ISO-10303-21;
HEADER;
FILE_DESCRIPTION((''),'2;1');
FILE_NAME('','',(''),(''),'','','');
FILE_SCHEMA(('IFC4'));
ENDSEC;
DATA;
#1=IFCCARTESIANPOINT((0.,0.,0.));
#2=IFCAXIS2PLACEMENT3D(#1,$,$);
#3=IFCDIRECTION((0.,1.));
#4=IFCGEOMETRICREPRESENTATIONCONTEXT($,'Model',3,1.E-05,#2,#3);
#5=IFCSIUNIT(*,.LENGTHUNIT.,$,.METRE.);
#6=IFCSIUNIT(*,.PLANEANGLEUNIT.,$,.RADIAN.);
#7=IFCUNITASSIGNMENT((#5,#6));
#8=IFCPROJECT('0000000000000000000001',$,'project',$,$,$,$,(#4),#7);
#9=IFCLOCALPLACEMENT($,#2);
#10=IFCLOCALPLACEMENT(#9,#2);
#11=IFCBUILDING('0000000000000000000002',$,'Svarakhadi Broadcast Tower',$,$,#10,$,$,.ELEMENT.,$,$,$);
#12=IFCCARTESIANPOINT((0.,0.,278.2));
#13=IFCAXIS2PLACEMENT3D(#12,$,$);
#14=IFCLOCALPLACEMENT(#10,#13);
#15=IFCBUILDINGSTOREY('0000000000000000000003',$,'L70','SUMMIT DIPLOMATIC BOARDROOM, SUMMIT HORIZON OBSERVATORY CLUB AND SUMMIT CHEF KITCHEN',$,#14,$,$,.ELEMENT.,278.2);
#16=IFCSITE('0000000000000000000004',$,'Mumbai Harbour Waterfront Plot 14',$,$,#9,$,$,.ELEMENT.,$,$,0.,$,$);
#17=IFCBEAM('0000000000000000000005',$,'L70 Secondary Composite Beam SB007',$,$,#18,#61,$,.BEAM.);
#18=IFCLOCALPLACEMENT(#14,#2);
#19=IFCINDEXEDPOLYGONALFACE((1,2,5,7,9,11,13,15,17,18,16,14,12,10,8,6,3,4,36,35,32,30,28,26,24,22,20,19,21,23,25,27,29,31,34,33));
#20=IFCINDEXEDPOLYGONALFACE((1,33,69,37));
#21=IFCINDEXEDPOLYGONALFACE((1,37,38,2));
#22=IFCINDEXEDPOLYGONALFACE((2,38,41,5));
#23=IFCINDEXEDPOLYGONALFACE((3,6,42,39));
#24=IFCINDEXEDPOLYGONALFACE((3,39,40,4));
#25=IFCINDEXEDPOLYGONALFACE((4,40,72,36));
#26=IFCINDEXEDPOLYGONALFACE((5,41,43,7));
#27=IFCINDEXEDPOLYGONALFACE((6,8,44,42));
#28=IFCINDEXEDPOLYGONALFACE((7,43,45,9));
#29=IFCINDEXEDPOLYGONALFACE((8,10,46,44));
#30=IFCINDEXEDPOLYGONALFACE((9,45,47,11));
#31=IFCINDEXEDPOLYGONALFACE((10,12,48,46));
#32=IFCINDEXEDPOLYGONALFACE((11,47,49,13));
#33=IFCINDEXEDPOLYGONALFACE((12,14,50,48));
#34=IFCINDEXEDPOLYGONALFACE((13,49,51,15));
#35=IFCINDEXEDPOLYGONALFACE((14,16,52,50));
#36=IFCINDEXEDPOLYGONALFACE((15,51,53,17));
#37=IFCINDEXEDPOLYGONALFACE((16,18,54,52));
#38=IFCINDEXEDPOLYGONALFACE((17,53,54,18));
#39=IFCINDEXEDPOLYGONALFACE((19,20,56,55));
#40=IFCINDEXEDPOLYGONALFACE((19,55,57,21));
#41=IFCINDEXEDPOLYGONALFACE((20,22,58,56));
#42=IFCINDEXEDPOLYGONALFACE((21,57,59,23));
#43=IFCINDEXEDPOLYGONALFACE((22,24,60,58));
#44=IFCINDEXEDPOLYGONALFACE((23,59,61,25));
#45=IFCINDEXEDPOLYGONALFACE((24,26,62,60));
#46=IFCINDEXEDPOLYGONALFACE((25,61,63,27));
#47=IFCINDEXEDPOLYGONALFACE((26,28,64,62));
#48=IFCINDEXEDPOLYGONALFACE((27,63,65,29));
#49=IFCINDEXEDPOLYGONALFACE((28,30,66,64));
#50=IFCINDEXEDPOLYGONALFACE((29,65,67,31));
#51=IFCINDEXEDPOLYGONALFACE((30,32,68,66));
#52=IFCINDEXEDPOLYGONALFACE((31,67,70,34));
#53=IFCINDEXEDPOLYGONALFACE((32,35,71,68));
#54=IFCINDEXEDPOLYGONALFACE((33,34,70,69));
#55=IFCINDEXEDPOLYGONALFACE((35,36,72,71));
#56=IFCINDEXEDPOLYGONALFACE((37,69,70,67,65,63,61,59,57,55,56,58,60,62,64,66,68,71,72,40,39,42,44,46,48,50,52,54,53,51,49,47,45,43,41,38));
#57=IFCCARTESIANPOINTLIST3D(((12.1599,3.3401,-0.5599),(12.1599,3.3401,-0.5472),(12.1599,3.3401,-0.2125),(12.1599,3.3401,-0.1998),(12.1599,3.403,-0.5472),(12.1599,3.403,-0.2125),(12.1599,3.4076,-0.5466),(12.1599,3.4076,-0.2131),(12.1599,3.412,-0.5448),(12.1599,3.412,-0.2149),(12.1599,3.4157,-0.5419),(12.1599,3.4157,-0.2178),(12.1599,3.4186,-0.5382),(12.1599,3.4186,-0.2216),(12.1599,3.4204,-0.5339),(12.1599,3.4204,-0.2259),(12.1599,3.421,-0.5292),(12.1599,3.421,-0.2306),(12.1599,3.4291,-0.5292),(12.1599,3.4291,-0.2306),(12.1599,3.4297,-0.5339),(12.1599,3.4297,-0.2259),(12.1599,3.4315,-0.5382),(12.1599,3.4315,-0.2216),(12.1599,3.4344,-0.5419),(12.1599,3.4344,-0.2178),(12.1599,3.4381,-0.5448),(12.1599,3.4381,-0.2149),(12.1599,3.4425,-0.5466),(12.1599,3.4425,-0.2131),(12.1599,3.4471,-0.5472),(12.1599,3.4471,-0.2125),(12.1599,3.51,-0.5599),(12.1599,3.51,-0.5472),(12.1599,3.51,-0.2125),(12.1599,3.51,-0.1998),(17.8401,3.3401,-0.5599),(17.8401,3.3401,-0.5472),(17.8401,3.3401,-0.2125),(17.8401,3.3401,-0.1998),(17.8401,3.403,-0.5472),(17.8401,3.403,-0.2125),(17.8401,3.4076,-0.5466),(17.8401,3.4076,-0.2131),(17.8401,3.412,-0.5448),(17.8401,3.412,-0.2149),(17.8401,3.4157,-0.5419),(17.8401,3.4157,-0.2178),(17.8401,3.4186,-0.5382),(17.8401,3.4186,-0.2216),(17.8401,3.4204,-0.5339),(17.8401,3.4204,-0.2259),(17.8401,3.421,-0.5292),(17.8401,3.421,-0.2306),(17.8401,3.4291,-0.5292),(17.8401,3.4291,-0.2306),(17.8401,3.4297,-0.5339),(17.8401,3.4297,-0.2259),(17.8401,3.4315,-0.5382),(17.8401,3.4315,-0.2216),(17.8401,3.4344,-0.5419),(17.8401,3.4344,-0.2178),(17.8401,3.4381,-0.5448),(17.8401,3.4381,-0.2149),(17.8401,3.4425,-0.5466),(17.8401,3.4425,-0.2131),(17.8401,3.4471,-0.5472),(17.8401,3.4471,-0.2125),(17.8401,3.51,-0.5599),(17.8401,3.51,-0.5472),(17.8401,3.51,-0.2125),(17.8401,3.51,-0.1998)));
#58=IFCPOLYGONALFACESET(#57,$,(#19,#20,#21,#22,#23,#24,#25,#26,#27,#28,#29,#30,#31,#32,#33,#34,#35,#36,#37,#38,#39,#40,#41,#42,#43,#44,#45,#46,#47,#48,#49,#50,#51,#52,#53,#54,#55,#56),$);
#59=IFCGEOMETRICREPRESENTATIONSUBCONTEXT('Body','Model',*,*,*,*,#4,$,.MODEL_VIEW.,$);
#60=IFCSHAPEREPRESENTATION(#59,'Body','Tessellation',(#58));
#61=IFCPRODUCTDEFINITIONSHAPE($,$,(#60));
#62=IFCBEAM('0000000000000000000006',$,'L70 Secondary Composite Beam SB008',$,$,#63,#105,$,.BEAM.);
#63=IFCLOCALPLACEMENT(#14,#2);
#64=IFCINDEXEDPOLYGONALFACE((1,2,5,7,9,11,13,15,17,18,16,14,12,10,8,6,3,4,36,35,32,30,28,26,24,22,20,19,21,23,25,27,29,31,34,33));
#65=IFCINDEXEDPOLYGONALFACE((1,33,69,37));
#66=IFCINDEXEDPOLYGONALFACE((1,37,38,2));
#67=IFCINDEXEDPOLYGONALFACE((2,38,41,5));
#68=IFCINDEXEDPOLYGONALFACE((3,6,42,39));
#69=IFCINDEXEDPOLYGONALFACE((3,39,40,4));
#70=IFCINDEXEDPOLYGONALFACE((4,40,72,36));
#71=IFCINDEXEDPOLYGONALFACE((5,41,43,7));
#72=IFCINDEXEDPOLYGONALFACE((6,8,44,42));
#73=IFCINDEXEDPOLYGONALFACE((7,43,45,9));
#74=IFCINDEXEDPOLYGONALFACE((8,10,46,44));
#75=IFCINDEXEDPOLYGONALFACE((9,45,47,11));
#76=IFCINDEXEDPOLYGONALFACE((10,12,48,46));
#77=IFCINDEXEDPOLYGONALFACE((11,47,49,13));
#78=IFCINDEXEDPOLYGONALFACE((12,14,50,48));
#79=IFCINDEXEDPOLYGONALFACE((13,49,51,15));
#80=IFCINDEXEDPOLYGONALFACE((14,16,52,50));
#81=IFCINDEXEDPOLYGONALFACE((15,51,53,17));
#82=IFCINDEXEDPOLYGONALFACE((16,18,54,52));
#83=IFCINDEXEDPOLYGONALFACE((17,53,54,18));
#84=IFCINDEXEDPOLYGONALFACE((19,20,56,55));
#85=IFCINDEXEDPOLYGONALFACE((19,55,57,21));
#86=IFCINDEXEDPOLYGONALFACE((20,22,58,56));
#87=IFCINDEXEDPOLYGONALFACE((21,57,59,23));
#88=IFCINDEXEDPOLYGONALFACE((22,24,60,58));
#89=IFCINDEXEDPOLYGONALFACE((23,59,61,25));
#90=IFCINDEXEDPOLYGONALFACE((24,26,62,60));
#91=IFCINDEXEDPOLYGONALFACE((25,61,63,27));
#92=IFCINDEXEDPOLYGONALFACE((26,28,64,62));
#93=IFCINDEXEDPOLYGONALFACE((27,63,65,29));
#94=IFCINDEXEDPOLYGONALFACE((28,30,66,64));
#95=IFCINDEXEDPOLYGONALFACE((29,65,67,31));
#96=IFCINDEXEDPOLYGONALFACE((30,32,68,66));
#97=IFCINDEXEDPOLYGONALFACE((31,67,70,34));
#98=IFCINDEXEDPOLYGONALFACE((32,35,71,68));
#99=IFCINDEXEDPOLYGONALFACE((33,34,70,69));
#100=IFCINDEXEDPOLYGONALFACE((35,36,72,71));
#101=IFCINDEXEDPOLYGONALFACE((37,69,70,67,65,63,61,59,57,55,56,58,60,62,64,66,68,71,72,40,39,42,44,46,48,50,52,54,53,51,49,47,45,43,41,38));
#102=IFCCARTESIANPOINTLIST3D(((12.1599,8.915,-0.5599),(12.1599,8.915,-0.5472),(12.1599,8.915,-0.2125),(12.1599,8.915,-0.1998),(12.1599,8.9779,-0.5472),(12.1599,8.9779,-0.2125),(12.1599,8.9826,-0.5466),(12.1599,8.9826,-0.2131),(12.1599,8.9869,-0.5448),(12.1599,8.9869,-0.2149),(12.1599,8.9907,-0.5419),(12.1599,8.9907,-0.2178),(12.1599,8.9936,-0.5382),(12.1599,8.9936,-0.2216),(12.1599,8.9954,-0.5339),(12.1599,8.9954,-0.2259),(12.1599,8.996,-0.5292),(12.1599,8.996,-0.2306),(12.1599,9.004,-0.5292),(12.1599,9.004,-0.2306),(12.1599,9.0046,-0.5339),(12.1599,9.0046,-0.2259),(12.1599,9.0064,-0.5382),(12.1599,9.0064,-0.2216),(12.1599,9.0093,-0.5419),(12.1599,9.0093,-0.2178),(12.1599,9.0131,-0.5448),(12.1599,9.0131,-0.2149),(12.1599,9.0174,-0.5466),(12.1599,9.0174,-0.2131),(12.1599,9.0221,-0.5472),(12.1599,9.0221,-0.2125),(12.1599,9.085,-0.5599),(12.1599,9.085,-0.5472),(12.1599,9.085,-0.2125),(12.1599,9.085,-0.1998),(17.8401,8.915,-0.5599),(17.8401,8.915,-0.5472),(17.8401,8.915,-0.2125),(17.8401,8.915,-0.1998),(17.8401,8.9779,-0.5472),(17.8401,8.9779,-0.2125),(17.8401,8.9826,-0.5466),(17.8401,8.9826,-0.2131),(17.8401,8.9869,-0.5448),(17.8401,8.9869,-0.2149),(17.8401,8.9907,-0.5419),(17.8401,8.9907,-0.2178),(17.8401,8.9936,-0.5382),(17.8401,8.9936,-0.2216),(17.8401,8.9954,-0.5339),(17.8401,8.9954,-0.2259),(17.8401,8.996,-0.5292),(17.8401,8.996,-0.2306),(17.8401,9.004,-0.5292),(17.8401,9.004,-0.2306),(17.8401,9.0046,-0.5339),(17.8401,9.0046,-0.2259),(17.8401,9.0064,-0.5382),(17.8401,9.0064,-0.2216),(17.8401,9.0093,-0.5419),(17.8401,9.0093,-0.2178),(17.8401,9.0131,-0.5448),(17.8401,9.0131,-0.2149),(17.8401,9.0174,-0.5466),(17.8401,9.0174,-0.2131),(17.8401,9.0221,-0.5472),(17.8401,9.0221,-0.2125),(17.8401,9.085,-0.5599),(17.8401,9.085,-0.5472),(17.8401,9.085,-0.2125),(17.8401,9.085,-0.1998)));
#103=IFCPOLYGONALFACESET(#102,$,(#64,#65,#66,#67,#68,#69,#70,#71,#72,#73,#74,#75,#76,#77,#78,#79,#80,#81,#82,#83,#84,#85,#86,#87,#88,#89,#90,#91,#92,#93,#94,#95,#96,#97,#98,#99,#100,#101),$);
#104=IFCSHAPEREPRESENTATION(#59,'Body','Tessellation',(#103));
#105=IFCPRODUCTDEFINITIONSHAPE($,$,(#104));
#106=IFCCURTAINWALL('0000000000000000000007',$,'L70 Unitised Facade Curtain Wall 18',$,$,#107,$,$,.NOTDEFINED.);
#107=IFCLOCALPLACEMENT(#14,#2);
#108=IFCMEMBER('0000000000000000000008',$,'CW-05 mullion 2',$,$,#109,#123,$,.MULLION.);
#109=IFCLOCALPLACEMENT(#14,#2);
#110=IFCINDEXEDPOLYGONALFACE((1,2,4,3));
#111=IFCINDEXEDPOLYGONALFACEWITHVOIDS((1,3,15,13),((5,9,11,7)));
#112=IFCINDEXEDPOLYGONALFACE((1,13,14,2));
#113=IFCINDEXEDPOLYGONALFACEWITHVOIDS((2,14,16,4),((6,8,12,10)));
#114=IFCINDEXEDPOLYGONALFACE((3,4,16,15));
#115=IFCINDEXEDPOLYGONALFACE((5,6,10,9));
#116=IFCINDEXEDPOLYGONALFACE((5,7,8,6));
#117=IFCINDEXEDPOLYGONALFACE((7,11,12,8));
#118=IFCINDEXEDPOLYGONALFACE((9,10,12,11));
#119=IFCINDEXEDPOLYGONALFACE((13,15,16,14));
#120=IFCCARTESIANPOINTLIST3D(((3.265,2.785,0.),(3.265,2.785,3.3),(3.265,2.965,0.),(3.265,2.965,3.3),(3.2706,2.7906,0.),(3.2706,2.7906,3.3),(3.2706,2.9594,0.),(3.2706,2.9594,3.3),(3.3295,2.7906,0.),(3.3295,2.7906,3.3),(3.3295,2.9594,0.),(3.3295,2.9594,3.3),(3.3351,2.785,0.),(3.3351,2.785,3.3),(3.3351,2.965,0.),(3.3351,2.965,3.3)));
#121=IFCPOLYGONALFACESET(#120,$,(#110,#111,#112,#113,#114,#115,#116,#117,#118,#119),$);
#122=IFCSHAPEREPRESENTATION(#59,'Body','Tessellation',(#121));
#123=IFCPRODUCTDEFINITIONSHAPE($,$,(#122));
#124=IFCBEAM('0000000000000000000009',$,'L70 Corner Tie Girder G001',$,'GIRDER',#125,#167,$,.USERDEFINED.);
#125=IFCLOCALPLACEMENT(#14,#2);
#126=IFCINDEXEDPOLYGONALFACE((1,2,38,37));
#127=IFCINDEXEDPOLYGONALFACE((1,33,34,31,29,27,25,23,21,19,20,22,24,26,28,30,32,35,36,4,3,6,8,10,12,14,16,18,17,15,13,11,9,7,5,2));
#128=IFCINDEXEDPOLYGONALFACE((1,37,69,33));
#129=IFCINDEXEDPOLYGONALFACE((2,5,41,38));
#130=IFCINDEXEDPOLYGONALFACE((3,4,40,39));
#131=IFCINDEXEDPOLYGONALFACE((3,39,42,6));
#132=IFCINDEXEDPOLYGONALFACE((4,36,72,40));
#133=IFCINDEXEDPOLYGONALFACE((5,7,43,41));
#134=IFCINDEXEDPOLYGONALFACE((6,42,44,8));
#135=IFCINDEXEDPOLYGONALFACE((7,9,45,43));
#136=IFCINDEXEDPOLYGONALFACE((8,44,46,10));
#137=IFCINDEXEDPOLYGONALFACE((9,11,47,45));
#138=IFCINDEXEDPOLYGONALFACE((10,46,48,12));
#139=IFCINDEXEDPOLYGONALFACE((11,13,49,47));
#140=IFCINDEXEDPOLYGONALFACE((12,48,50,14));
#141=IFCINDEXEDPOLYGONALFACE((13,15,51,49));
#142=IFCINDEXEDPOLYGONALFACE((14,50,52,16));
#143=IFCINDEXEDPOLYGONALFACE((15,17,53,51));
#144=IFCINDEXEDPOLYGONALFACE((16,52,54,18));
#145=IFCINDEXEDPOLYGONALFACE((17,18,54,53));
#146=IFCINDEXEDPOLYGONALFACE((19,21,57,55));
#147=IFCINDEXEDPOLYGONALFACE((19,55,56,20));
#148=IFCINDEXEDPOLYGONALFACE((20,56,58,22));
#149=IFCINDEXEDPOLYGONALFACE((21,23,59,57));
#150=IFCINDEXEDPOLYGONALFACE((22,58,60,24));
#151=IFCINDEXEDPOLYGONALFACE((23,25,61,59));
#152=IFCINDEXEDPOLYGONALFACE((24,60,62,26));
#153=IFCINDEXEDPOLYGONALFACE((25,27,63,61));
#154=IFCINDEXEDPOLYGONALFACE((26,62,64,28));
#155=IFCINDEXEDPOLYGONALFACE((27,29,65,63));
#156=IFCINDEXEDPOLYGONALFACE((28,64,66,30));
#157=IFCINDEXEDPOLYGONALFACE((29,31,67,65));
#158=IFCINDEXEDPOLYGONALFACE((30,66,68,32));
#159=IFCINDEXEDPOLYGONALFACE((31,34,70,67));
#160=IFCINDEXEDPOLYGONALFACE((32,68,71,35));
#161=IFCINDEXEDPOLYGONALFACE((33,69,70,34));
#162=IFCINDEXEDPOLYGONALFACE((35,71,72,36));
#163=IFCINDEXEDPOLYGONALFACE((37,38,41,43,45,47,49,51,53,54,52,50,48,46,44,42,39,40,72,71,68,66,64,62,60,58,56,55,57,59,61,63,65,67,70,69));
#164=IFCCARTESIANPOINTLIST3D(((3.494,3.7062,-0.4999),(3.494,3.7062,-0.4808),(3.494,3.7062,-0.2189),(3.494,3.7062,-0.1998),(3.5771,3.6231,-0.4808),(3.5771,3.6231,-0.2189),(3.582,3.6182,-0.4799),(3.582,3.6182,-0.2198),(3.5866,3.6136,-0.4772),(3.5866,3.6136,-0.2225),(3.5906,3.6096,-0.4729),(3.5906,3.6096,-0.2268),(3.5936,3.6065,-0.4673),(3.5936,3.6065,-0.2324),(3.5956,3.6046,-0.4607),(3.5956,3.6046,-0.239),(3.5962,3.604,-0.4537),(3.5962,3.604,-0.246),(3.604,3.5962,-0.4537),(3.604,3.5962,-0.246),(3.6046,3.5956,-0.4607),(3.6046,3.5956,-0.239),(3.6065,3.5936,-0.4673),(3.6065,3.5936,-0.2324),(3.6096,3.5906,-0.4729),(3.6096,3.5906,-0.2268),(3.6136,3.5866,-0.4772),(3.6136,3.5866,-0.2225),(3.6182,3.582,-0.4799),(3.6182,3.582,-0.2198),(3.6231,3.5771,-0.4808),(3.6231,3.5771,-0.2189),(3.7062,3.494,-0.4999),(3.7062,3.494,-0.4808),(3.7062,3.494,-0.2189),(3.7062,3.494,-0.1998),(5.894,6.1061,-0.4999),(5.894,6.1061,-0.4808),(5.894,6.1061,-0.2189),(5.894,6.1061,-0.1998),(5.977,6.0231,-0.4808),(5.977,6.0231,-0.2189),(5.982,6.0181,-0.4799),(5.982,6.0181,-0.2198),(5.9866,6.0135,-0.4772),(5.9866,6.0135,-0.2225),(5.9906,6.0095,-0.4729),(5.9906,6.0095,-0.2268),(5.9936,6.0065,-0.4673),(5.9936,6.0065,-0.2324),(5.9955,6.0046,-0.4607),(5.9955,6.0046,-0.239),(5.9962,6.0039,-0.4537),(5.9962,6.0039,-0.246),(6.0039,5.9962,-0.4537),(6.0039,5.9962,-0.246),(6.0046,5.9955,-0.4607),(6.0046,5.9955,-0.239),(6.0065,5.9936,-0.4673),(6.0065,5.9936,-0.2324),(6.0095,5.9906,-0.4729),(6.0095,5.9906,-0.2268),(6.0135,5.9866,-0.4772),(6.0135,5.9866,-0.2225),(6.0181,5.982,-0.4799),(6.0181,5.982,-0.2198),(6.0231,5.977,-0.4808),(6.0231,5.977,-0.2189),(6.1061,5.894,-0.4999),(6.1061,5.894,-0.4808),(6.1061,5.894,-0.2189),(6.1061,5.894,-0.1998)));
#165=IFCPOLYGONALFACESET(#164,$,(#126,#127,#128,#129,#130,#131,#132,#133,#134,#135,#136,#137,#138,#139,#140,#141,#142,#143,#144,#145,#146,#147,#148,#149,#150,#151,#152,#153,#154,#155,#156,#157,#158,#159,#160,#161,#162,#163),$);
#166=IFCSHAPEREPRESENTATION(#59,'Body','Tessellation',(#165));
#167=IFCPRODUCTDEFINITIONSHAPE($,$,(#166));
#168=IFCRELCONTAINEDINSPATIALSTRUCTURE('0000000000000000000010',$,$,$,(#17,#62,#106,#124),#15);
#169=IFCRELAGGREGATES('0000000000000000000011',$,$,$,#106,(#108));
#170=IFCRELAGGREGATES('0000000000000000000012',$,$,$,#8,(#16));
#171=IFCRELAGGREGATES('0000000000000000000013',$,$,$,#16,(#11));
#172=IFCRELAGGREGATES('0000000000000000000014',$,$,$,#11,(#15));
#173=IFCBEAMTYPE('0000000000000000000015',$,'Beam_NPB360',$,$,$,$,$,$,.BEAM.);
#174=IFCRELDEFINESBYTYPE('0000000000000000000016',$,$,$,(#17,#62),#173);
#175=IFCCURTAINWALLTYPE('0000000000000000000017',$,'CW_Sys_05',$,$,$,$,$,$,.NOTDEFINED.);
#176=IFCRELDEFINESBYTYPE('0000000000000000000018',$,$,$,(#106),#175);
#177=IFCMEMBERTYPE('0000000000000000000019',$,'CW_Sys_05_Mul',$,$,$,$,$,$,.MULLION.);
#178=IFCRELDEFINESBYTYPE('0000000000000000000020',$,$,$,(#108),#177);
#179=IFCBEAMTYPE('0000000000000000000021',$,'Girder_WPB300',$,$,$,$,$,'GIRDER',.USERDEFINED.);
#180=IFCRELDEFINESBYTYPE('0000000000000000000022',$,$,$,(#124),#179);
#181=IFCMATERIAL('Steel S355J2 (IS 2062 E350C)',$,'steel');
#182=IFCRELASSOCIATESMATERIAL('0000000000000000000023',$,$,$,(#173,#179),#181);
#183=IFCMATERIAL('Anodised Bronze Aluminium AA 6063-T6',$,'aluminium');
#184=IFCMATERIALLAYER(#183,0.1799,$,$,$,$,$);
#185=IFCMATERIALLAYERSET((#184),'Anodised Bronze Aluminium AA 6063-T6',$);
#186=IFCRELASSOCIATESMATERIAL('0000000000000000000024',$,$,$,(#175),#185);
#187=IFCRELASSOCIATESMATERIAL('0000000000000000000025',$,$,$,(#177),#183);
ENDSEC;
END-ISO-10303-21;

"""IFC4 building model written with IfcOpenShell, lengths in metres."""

from ifc_helpers import new_model, si_unit, direction, frame, origin, origin_2d, place, context, subcontext, project, spatial, hollow_rectangle, i_section, extrude, material, layer, layer_set, material_profile, profile_set, type_object, element, aggregate, save


model = new_model("IFC4")

# Units and contexts
model_context = context("Model", 3, precision=1e-05, world=origin(), true_north=direction((0.0, 1.0)))
body_context = subcontext(model_context, "Body", "Model", "MODEL_VIEW")
ifc_project = project(units=[si_unit("LENGTHUNIT", "METRE"), si_unit("PLANEANGLEUNIT", "RADIAN")], contexts=[model_context])

# Site, building, storey
site_placement = place(None, origin())
site = spatial("IfcSite", under=ifc_project, at=site_placement, Name="Mumbai Harbour Waterfront Plot 14", CompositionType="ELEMENT", RefElevation=0.0)
building_placement = place(site_placement, origin())
building = spatial("IfcBuilding", under=site, at=building_placement, Name="Svarakhadi Broadcast Tower", CompositionType="ELEMENT")
storey_placement = place(building_placement, frame((0.0, 0.0, 278.2)))
storey = spatial("IfcBuildingStorey", under=building, at=storey_placement, Name="L70", Description="SUMMIT DIPLOMATIC BOARDROOM, SUMMIT HORIZON OBSERVATORY CLUB AND SUMMIT CHEF KITCHEN", CompositionType="ELEMENT", Elevation=278.2)

# Beams
ifc_material_1 = material(Name="Steel S355J2 (IS 2062 E350C)", Category="steel")
ifc_material_profile_1 = material_profile(ifc_material_1, i_section(OverallWidth=0.1699, OverallDepth=0.3601, WebThickness=0.0081, FlangeThickness=0.0127, FilletRadius=0.0181, at=origin_2d()), Name="NPB 360x170x57")
ifc_profile_set_1 = profile_set([ifc_material_profile_1], Name="Steel S355J2 (IS 2062 E350C)")
beam_type_1 = type_object("IfcBeamType", Name="Beam_NPB360", PredefinedType="BEAM", material=ifc_profile_set_1)
for number, where, z_axis, x_axis, name in (
    (1, (12.1599, 3.425, -0.3799), (1.0, 0.0, 0.0), (0.0, 1.0, 0.0), "L70 Secondary Composite Beam SB007"),
    (2, (12.1599, 9.0, -0.3799), (1.0, 0.0, 0.0), (0.0, 1.0, 0.0), "L70 Secondary Composite Beam SB008"),
):
    element("IfcBeam", number, at=place(storey_placement, frame(where, z_axis=z_axis, x_axis=x_axis)), inside=storey, type_object=beam_type_1, Name=name, PredefinedType="BEAM", context=body_context, shape_type="SweptSolid", body=[
        extrude(i_section(OverallWidth=0.1699, OverallDepth=0.3601, WebThickness=0.0081, FlangeThickness=0.0127, FilletRadius=0.0181, at=origin_2d()), origin(), (0.0, 0.0, 1.0), 5.6802),
    ])

# Curtain wall, member
ifc_material_2 = material(Name="Anodised Bronze Aluminium AA 6063-T6", Category="aluminium")
ifc_layer_1 = layer(ifc_material_2, 0.1799)
ifc_layer_set_1 = layer_set([ifc_layer_1], Name="Anodised Bronze Aluminium AA 6063-T6")
curtain_wall_type = type_object("IfcCurtainWallType", Name="CW_Sys_05", PredefinedType="NOTDEFINED", material=ifc_layer_set_1)
curtain_wall_placement = place(storey_placement, origin())
curtain_wall = element("IfcCurtainWall", 3, at=curtain_wall_placement, inside=storey, type_object=curtain_wall_type, Name="L70 Unitised Facade Curtain Wall 18", PredefinedType="NOTDEFINED")
ifc_material_profile_2 = material_profile(ifc_material_2, hollow_rectangle(XDim=0.0701, YDim=0.1799, WallThickness=0.0056, at=origin_2d()), Name="ALU MULLION 180x70x6")
ifc_profile_set_2 = profile_set([ifc_material_profile_2], Name="Anodised Bronze Aluminium AA 6063-T6")
member_type = type_object("IfcMemberType", Name="CW_Sys_05_Mul", PredefinedType="MULLION", material=ifc_profile_set_2)
member_placement = place(storey_placement, frame((3.3, 2.875, 0.0), z_axis=(0.0, 0.0, 1.0), x_axis=(-1.0, 0.0, 0.0)))
member = element("IfcMember", 4, at=member_placement, type_object=member_type, Name="CW-05 mullion 2", PredefinedType="MULLION", context=body_context, shape_type="SweptSolid", body=[
    extrude(hollow_rectangle(XDim=0.0701, YDim=0.1799, WallThickness=0.0056, at=origin_2d()), origin(), (0.0, 0.0, 1.0), 3.3),
])
aggregate(curtain_wall, [member])

# Beam
ifc_material_profile_3 = material_profile(ifc_material_1, i_section(OverallWidth=0.3, OverallDepth=0.3, WebThickness=0.011, FlangeThickness=0.019, FilletRadius=0.0271, at=origin_2d()), Name="WPB 300x300x117")
ifc_profile_set_3 = profile_set([ifc_material_profile_3], Name="Steel S355J2 (IS 2062 E350C)")
beam_type_2 = type_object("IfcBeamType", Name="Girder_WPB300", ElementType="GIRDER", PredefinedType="USERDEFINED", material=ifc_profile_set_3)
beam_1_placement = place(storey_placement, frame((3.6001, 3.6001, -0.3499), z_axis=(0.707107, 0.707107, 0.0), x_axis=(-0.707107, 0.707107, 0.0)))
element("IfcBeam", 5, at=beam_1_placement, inside=storey, type_object=beam_type_2, Name="L70 Corner Tie Girder G001", ObjectType="GIRDER", PredefinedType="USERDEFINED", context=body_context, shape_type="SweptSolid", body=[
    extrude(i_section(OverallWidth=0.3, OverallDepth=0.3, WebThickness=0.011, FlangeThickness=0.019, FilletRadius=0.0271, at=origin_2d()), origin(), (0.0, 0.0, 1.0), 3.394),
])

save(model, "model.ifc")
